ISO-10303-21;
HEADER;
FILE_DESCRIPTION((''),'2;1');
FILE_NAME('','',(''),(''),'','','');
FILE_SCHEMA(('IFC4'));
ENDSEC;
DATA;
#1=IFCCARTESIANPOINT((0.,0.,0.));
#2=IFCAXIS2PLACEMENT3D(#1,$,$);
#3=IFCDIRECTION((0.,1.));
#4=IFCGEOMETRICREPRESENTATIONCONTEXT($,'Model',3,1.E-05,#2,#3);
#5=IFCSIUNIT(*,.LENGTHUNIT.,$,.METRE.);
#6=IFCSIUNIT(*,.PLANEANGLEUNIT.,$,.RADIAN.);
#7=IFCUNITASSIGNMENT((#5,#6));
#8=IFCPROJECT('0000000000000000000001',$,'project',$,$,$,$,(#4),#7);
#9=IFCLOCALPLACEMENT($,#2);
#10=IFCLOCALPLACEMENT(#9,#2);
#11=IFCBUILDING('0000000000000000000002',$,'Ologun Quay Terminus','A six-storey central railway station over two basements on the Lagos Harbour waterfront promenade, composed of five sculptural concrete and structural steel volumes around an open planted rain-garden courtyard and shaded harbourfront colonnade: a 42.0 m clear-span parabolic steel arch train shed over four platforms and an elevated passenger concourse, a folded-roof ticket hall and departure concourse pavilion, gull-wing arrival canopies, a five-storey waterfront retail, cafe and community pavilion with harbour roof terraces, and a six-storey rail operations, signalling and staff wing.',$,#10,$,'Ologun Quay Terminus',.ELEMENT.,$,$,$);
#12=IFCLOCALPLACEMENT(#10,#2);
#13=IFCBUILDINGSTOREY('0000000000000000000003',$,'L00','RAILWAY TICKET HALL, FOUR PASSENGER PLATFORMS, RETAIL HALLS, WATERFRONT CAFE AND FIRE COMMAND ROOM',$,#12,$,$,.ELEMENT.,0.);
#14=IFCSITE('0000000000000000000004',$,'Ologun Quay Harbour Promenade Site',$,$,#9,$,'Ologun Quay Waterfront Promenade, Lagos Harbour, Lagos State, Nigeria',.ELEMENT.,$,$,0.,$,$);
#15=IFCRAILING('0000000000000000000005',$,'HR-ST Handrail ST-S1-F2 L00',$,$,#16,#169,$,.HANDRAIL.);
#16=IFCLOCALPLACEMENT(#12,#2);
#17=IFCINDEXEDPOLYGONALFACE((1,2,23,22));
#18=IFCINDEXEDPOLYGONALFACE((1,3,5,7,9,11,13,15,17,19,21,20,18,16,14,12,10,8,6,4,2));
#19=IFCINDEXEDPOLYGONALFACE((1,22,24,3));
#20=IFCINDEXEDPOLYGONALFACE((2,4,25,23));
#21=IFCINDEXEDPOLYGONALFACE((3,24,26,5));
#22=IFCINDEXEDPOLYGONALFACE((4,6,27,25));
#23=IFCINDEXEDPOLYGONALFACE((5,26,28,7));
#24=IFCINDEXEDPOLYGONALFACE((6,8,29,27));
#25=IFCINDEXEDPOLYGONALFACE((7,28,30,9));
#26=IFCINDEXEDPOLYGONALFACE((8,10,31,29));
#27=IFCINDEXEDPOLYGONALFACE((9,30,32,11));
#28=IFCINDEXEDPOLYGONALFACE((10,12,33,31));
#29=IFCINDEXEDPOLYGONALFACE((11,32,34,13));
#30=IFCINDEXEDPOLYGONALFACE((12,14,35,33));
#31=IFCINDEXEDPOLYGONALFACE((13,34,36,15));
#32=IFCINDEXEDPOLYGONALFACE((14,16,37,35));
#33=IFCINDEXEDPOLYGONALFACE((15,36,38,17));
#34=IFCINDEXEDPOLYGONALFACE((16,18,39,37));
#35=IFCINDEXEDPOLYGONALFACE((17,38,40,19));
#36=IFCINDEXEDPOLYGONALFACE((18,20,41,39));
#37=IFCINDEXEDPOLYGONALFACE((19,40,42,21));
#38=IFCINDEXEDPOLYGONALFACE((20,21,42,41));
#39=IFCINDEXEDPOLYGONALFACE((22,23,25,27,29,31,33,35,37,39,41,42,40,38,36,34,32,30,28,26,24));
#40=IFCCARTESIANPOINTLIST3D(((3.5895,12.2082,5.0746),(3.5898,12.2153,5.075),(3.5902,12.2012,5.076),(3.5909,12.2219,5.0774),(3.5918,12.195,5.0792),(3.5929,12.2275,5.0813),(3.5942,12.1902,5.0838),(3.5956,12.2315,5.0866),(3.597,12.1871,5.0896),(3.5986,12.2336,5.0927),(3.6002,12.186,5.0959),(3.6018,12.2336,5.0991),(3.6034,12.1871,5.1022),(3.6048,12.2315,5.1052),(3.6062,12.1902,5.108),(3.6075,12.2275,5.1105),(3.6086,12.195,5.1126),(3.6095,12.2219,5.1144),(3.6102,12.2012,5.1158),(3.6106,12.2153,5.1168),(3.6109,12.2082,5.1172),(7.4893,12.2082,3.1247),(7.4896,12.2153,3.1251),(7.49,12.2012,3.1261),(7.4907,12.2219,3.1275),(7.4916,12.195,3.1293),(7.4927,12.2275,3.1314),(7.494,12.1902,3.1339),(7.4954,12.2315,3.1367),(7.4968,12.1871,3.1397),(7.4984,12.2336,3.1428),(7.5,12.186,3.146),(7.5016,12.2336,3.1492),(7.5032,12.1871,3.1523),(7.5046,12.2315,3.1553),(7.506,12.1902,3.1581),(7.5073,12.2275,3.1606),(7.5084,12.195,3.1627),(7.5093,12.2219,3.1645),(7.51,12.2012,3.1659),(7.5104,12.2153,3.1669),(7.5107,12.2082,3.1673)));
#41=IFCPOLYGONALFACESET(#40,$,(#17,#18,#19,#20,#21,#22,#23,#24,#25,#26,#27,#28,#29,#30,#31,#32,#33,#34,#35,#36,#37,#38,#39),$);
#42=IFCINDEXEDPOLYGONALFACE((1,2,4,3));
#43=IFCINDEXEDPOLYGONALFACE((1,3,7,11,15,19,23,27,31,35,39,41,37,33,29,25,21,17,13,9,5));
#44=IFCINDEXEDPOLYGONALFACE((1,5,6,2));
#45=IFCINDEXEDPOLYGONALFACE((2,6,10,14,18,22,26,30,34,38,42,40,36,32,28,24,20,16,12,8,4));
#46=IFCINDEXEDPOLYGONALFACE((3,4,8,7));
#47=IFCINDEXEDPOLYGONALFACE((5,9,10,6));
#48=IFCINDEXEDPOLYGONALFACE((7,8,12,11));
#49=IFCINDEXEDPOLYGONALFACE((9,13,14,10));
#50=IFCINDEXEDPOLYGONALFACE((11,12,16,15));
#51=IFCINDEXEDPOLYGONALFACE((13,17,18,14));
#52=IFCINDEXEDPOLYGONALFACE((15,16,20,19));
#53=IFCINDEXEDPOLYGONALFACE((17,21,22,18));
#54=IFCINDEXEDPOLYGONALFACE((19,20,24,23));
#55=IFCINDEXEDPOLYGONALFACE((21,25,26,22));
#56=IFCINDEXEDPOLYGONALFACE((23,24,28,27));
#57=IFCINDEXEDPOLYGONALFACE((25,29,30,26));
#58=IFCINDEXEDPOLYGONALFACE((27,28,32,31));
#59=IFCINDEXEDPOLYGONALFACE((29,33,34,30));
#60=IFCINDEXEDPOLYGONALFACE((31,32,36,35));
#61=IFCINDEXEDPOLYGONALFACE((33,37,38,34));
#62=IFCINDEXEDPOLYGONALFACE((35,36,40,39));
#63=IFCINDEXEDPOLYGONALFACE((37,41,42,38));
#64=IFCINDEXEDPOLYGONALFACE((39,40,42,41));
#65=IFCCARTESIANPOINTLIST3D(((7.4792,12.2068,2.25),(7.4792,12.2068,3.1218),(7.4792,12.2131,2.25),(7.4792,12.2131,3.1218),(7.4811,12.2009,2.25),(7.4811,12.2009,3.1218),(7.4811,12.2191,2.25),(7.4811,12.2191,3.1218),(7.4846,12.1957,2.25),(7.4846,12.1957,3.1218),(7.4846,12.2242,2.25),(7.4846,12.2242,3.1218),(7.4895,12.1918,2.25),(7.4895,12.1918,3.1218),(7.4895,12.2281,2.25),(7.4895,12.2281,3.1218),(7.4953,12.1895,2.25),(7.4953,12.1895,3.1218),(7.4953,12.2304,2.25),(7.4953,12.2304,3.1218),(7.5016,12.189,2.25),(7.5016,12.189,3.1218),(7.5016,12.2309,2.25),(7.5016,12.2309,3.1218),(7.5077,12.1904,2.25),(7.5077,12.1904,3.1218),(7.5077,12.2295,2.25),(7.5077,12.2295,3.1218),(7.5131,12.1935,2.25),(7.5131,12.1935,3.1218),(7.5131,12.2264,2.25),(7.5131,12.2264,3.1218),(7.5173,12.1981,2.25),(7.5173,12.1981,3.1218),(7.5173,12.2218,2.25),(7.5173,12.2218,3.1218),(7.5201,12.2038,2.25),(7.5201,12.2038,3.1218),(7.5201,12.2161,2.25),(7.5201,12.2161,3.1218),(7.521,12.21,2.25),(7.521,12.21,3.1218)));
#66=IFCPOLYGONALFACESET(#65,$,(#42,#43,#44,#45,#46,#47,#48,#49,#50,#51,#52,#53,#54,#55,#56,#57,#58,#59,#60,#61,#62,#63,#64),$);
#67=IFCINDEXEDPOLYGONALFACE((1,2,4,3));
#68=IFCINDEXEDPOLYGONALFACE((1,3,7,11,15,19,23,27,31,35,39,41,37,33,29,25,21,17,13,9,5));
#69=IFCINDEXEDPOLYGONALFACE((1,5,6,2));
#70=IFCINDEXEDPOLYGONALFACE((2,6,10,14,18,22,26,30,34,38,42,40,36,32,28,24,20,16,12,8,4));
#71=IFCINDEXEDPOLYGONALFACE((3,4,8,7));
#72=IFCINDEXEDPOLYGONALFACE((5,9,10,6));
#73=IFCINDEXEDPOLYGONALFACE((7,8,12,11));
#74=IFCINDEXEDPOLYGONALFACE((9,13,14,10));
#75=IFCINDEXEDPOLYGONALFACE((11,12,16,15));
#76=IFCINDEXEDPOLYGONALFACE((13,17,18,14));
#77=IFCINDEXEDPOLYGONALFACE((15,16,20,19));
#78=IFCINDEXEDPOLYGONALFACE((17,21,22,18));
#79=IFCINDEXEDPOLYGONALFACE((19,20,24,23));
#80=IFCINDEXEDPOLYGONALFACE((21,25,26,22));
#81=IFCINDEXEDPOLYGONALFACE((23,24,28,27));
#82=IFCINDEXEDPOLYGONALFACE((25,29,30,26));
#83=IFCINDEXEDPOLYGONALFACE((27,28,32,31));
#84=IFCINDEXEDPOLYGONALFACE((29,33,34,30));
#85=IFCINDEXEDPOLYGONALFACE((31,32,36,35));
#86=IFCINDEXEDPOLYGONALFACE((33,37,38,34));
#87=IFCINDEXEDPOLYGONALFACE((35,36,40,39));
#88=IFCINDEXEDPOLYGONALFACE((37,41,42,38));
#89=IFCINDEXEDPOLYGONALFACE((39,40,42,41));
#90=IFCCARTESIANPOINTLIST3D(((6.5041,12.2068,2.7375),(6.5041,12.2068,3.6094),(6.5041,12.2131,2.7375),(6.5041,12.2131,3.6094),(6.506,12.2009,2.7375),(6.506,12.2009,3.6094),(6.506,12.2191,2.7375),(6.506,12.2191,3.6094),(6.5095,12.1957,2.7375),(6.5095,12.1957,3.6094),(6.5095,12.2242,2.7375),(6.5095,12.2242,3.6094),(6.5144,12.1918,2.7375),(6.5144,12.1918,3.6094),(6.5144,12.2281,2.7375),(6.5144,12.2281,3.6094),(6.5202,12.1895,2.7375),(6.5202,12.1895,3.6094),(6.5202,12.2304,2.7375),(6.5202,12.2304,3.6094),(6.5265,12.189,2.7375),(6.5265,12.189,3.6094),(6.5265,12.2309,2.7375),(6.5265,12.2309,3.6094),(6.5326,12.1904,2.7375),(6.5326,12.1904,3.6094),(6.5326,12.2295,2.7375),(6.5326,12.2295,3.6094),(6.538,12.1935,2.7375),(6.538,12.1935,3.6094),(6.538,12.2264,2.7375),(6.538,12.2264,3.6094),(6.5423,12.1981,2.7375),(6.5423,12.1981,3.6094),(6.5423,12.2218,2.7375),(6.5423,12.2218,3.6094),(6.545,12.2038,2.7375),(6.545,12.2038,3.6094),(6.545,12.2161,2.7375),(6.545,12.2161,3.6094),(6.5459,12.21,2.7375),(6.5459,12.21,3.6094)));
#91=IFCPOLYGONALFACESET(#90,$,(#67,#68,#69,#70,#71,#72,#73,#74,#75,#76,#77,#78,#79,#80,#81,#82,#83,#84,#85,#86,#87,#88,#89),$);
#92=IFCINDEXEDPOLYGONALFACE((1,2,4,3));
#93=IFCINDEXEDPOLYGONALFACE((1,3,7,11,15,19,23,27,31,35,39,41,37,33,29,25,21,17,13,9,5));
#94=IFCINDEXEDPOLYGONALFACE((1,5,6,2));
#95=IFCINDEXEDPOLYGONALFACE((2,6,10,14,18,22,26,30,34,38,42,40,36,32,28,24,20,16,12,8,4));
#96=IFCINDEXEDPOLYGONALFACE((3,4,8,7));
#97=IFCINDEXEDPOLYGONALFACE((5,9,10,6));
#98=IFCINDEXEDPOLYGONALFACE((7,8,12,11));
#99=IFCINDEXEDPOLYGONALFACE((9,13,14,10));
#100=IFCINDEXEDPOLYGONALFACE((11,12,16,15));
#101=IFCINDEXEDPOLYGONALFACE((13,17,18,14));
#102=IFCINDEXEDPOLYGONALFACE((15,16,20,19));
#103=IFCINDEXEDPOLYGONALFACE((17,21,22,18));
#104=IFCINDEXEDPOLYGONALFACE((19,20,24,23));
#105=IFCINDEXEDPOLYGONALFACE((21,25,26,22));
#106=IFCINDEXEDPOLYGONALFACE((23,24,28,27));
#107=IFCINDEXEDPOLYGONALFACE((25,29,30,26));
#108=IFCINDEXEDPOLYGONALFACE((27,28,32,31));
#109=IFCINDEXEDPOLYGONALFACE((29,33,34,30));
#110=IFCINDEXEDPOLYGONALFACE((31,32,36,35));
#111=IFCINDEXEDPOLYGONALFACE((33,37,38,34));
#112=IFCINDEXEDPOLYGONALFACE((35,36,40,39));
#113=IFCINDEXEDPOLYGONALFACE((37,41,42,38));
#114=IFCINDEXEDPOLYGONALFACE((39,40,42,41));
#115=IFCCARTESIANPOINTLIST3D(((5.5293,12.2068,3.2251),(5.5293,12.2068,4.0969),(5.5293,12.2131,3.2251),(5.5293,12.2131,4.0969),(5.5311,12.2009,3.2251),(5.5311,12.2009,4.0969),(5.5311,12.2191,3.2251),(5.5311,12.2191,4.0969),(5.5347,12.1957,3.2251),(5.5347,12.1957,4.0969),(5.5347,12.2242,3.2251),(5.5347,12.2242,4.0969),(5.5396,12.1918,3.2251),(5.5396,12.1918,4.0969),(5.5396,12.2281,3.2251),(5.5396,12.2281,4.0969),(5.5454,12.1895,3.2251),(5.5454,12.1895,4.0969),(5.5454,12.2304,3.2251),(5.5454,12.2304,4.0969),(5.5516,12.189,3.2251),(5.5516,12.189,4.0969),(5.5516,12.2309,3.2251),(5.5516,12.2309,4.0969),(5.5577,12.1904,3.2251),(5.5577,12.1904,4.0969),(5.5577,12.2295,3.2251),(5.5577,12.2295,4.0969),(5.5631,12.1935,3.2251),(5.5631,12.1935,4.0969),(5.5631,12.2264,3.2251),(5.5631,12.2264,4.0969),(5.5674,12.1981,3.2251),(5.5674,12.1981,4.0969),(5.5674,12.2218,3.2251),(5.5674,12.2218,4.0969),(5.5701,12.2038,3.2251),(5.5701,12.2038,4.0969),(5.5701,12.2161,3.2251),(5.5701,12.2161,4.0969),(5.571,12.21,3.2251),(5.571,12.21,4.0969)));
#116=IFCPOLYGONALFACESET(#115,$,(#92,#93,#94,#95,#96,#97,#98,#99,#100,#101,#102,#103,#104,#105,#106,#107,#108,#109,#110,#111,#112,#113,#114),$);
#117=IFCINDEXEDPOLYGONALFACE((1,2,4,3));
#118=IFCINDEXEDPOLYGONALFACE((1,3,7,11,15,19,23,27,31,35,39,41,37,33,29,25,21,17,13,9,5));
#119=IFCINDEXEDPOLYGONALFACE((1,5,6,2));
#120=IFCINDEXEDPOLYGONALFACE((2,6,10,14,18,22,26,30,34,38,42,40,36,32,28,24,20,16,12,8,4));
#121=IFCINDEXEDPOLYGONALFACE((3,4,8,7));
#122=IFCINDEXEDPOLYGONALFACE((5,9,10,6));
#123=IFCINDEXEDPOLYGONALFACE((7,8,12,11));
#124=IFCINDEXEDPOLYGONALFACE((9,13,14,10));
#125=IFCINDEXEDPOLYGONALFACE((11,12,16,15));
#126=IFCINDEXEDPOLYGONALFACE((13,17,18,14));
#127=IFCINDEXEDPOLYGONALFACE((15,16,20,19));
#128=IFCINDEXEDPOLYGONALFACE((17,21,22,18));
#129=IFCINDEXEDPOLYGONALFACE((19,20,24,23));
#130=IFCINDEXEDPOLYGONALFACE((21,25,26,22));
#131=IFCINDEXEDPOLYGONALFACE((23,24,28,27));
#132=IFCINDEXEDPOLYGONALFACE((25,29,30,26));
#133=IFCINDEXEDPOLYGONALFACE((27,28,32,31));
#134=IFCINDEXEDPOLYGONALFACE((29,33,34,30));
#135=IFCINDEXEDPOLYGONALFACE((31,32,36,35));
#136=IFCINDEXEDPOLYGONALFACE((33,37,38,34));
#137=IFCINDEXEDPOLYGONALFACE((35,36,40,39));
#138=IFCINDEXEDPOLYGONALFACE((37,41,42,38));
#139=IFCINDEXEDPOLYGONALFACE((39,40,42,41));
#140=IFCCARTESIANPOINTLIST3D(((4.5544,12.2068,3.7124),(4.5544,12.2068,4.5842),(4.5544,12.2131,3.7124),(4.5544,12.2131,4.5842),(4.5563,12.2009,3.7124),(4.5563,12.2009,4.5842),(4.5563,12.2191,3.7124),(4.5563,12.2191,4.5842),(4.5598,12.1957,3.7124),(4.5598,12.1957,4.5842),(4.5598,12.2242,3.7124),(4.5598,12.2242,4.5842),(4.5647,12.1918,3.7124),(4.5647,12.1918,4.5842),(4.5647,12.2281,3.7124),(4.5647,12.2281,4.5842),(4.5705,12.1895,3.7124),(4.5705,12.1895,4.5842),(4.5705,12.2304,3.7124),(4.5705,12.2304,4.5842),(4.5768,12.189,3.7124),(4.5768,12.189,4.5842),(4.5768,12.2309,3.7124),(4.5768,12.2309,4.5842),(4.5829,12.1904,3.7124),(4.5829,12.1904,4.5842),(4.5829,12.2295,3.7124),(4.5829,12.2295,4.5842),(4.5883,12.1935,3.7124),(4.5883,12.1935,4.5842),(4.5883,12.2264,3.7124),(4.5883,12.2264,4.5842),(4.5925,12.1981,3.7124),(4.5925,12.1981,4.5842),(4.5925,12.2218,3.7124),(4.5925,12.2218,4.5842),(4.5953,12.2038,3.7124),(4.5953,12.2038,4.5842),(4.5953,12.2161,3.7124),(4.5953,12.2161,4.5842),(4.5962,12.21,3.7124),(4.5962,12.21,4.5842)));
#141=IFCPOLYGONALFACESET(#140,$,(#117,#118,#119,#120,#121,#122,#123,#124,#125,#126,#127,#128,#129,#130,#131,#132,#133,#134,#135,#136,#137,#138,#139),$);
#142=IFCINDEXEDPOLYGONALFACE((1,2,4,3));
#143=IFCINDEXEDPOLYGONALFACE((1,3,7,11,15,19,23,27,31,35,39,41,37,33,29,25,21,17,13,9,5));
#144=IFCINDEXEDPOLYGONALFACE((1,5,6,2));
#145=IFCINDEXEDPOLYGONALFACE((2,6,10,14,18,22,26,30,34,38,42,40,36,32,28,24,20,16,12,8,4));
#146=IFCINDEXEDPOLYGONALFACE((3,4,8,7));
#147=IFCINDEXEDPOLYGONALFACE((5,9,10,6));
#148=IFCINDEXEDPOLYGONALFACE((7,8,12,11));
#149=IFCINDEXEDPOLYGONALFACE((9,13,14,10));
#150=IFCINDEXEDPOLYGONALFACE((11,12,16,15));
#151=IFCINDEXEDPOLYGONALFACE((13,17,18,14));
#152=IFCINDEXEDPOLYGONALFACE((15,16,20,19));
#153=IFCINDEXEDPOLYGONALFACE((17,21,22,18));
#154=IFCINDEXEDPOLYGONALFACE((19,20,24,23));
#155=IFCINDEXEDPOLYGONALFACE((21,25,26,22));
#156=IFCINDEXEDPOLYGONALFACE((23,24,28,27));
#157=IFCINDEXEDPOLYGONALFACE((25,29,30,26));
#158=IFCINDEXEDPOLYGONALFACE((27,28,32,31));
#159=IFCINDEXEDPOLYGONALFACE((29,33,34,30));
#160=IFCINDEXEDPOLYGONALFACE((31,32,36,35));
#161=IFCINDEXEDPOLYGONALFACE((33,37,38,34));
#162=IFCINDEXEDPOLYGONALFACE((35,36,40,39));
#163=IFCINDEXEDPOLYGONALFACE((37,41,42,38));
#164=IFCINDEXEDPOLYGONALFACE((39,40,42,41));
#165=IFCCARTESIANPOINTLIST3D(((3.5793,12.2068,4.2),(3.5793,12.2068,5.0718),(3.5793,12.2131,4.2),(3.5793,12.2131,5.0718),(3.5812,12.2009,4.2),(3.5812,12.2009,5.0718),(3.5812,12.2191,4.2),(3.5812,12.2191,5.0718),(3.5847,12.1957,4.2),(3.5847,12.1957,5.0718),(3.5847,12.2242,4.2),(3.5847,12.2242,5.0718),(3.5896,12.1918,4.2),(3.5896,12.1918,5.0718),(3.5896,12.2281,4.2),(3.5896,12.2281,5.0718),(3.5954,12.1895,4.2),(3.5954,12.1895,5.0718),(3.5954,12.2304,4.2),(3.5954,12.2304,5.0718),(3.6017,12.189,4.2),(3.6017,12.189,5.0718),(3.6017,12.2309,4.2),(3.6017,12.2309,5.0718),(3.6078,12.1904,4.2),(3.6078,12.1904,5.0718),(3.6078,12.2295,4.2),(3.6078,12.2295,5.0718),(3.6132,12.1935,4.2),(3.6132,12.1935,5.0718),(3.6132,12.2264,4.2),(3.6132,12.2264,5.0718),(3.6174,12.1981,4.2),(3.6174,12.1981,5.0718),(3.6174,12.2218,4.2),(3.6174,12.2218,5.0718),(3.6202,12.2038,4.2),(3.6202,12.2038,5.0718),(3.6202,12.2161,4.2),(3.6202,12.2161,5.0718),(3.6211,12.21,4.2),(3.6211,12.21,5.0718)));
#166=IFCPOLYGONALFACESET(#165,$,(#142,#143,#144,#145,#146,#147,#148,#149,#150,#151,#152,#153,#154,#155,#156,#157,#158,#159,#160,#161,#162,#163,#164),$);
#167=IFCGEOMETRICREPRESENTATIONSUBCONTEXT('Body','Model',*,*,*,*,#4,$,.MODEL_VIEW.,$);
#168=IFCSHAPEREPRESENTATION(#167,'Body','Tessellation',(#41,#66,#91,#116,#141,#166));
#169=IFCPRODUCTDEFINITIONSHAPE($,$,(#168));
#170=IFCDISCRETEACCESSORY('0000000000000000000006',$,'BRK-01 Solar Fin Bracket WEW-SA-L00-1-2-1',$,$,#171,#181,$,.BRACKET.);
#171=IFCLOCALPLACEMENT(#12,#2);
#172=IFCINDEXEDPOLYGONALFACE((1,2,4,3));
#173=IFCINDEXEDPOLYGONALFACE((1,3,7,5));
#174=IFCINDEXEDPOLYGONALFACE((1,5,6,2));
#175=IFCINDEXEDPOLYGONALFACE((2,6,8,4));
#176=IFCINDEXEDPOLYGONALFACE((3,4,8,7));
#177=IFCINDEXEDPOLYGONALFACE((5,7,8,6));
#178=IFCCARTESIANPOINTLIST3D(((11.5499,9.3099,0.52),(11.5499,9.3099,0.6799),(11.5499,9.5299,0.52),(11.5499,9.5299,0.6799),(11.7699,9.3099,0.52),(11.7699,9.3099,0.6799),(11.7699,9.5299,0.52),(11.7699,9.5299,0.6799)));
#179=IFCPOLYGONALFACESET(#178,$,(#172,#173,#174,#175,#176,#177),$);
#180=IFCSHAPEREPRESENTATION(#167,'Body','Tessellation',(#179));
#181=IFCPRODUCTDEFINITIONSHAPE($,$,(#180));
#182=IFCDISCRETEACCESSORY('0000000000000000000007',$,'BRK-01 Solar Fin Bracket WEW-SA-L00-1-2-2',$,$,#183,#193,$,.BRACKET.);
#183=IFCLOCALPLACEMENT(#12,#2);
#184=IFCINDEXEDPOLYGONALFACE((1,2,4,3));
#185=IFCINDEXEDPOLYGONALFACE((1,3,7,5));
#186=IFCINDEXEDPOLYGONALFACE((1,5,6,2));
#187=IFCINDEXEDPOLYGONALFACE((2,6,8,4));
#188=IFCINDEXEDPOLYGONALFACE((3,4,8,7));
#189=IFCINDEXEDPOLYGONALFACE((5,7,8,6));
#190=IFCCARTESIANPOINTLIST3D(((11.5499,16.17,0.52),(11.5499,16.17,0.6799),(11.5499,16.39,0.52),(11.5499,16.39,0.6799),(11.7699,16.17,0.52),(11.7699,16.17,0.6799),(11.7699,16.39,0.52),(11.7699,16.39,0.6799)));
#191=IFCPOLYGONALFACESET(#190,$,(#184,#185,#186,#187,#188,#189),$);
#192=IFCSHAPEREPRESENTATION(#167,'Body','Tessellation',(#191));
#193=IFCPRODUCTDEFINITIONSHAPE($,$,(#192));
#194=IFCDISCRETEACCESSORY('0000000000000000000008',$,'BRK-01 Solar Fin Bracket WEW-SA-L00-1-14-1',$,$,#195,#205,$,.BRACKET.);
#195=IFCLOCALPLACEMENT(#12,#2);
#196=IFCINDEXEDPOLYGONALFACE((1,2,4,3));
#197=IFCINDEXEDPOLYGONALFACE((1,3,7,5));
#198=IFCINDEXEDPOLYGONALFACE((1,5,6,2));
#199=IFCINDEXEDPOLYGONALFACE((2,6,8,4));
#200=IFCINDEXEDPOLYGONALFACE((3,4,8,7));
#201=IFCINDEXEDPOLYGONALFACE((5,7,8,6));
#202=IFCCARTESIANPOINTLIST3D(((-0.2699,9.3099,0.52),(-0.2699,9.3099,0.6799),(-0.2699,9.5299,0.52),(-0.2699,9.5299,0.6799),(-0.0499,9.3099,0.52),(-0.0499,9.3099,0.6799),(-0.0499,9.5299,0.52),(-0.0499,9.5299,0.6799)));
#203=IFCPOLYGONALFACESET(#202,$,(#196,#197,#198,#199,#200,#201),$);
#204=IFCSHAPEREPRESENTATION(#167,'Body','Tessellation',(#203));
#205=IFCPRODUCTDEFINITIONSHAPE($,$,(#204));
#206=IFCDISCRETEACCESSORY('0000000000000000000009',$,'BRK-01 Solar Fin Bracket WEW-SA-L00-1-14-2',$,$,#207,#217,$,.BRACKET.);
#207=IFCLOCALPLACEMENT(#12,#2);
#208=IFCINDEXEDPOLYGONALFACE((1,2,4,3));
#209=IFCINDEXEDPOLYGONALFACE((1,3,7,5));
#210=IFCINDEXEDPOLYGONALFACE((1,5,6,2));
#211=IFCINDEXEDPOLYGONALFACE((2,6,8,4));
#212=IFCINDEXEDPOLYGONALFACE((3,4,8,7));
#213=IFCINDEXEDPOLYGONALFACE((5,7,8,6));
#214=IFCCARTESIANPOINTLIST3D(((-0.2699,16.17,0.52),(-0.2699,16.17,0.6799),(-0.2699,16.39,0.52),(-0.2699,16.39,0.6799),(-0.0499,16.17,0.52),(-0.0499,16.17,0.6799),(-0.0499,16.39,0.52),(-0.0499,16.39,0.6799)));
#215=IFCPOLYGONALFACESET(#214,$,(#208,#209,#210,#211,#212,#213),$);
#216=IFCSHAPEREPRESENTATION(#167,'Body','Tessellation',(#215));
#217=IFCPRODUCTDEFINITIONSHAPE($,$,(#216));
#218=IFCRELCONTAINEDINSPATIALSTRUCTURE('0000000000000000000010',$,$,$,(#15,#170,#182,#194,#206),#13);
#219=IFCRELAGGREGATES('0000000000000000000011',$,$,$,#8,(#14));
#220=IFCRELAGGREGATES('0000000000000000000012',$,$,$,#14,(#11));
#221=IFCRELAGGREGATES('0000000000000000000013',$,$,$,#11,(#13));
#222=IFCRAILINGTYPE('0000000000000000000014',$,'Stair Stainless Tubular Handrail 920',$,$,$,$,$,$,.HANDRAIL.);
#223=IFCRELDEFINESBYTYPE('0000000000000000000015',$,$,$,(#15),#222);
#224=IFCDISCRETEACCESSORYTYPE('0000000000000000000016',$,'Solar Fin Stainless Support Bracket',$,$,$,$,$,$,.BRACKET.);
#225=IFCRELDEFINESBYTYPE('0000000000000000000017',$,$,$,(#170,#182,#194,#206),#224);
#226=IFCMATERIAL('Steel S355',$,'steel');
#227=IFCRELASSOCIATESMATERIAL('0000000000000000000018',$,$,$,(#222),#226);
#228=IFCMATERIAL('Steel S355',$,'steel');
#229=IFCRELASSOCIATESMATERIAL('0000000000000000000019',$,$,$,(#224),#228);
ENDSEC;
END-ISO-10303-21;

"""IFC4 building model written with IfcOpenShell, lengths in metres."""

from ifc_helpers import new_model, si_unit, direction, frame, origin, origin_2d, place, context, subcontext, project, spatial, rectangle, circle, extrude, material, type_object, element, save


model = new_model("IFC4")

# Units and contexts
model_context = context("Model", 3, precision=1e-05, world=origin(), true_north=direction((0.0, 1.0)))
body_context = subcontext(model_context, "Body", "Model", "MODEL_VIEW")
ifc_project = project(units=[si_unit("LENGTHUNIT", "METRE"), si_unit("PLANEANGLEUNIT", "RADIAN")], contexts=[model_context])

# Site, building, storey
site_placement = place(None, origin())
site = spatial("IfcSite", under=ifc_project, at=site_placement, Name="Ologun Quay Harbour Promenade Site", LongName="Ologun Quay Waterfront Promenade, Lagos Harbour, Lagos State, Nigeria", CompositionType="ELEMENT", RefElevation=0.0)
building_placement = place(site_placement, origin())
building = spatial("IfcBuilding", under=site, at=building_placement, Name="Ologun Quay Terminus", Description="A six-storey central railway station over two basements on the Lagos Harbour waterfront promenade, composed of five sculptural concrete and structural steel volumes around an open planted rain-garden courtyard and shaded harbourfront colonnade: a 42.0 m clear-span parabolic steel arch train shed over four platforms and an elevated passenger concourse, a folded-roof ticket hall and departure concourse pavilion, gull-wing arrival canopies, a five-storey waterfront retail, cafe and community pavilion with harbour roof terraces, and a six-storey rail operations, signalling and staff wing.", LongName="Ologun Quay Terminus", CompositionType="ELEMENT")
storey_placement = place(building_placement, origin())
storey = spatial("IfcBuildingStorey", under=building, at=storey_placement, Name="L00", Description="RAILWAY TICKET HALL, FOUR PASSENGER PLATFORMS, RETAIL HALLS, WATERFRONT CAFE AND FIRE COMMAND ROOM", CompositionType="ELEMENT", Elevation=0.0)

# Railing
ifc_material_1 = material(Name="Steel S355", Category="steel")
railing_type_1 = type_object("IfcRailingType", Name="Stair Stainless Tubular Handrail 920", PredefinedType="HANDRAIL", material=ifc_material_1)
railing_1_placement = place(storey_placement, frame((7.5, 12.21, 2.25)))
element("IfcRailing", 1, at=railing_1_placement, inside=storey, type_object=railing_type_1, Name="HR-ST Handrail ST-S1-F2 L00", PredefinedType="HANDRAIL", context=body_context, shape_type="SweptSolid", body=[
    extrude(circle(Radius=0.0239, at=origin_2d()), frame((0.0, 0.0, 0.896), z_axis=(-0.894427, 0.0, 0.447214), x_axis=(0.0, -1.0, 0.0)), (0.0, 0.0, 1.0), 4.3601),
    extrude(circle(Radius=0.021, at=origin_2d()), origin(), (0.0, 0.0, 1.0), 0.8718),
    extrude(circle(Radius=0.021, at=origin_2d()), frame((-0.9751, 0.0, 0.4875)), (0.0, 0.0, 1.0), 0.8718),
    extrude(circle(Radius=0.021, at=origin_2d()), frame((-1.95, 0.0, 0.9751)), (0.0, 0.0, 1.0), 0.8718),
    extrude(circle(Radius=0.021, at=origin_2d()), frame((-2.9248, 0.0, 1.4624)), (0.0, 0.0, 1.0), 0.8718),
    extrude(circle(Radius=0.021, at=origin_2d()), frame((-3.8999, 0.0, 1.95)), (0.0, 0.0, 1.0), 0.8718),
])

# Discrete accessories
ifc_material_2 = material(Name="Steel S355", Category="steel")
discrete_accessory_type = type_object("IfcDiscreteAccessoryType", Name="Solar Fin Stainless Support Bracket", PredefinedType="BRACKET", material=ifc_material_2)
for number, where, z_axis, x_axis, name in (
    (2, (11.6599, 9.4199, 0.52), (0.0, 0.0, 1.0), (1.0, 0.0, 0.0), "BRK-01 Solar Fin Bracket WEW-SA-L00-1-2-1"),
    (3, (11.6599, 16.28, 0.52), (0.0, 0.0, 1.0), (1.0, 0.0, 0.0), "BRK-01 Solar Fin Bracket WEW-SA-L00-1-2-2"),
    (4, (-0.1599, 9.4199, 0.52), (0.0, 0.0, 1.0), (1.0, 0.0, 0.0), "BRK-01 Solar Fin Bracket WEW-SA-L00-1-14-1"),
    (5, (-0.1599, 16.28, 0.52), (0.0, 0.0, 1.0), (1.0, 0.0, 0.0), "BRK-01 Solar Fin Bracket WEW-SA-L00-1-14-2"),
):
    element("IfcDiscreteAccessory", number, at=place(storey_placement, frame(where, z_axis=z_axis, x_axis=x_axis)), inside=storey, type_object=discrete_accessory_type, Name=name, PredefinedType="BRACKET", context=body_context, shape_type="SweptSolid", body=[
        extrude(rectangle(XDim=0.22, YDim=0.22, at=origin_2d()), origin(), (0.0, 0.0, 1.0), 0.1599),
    ])

save(model, "model.ifc")
